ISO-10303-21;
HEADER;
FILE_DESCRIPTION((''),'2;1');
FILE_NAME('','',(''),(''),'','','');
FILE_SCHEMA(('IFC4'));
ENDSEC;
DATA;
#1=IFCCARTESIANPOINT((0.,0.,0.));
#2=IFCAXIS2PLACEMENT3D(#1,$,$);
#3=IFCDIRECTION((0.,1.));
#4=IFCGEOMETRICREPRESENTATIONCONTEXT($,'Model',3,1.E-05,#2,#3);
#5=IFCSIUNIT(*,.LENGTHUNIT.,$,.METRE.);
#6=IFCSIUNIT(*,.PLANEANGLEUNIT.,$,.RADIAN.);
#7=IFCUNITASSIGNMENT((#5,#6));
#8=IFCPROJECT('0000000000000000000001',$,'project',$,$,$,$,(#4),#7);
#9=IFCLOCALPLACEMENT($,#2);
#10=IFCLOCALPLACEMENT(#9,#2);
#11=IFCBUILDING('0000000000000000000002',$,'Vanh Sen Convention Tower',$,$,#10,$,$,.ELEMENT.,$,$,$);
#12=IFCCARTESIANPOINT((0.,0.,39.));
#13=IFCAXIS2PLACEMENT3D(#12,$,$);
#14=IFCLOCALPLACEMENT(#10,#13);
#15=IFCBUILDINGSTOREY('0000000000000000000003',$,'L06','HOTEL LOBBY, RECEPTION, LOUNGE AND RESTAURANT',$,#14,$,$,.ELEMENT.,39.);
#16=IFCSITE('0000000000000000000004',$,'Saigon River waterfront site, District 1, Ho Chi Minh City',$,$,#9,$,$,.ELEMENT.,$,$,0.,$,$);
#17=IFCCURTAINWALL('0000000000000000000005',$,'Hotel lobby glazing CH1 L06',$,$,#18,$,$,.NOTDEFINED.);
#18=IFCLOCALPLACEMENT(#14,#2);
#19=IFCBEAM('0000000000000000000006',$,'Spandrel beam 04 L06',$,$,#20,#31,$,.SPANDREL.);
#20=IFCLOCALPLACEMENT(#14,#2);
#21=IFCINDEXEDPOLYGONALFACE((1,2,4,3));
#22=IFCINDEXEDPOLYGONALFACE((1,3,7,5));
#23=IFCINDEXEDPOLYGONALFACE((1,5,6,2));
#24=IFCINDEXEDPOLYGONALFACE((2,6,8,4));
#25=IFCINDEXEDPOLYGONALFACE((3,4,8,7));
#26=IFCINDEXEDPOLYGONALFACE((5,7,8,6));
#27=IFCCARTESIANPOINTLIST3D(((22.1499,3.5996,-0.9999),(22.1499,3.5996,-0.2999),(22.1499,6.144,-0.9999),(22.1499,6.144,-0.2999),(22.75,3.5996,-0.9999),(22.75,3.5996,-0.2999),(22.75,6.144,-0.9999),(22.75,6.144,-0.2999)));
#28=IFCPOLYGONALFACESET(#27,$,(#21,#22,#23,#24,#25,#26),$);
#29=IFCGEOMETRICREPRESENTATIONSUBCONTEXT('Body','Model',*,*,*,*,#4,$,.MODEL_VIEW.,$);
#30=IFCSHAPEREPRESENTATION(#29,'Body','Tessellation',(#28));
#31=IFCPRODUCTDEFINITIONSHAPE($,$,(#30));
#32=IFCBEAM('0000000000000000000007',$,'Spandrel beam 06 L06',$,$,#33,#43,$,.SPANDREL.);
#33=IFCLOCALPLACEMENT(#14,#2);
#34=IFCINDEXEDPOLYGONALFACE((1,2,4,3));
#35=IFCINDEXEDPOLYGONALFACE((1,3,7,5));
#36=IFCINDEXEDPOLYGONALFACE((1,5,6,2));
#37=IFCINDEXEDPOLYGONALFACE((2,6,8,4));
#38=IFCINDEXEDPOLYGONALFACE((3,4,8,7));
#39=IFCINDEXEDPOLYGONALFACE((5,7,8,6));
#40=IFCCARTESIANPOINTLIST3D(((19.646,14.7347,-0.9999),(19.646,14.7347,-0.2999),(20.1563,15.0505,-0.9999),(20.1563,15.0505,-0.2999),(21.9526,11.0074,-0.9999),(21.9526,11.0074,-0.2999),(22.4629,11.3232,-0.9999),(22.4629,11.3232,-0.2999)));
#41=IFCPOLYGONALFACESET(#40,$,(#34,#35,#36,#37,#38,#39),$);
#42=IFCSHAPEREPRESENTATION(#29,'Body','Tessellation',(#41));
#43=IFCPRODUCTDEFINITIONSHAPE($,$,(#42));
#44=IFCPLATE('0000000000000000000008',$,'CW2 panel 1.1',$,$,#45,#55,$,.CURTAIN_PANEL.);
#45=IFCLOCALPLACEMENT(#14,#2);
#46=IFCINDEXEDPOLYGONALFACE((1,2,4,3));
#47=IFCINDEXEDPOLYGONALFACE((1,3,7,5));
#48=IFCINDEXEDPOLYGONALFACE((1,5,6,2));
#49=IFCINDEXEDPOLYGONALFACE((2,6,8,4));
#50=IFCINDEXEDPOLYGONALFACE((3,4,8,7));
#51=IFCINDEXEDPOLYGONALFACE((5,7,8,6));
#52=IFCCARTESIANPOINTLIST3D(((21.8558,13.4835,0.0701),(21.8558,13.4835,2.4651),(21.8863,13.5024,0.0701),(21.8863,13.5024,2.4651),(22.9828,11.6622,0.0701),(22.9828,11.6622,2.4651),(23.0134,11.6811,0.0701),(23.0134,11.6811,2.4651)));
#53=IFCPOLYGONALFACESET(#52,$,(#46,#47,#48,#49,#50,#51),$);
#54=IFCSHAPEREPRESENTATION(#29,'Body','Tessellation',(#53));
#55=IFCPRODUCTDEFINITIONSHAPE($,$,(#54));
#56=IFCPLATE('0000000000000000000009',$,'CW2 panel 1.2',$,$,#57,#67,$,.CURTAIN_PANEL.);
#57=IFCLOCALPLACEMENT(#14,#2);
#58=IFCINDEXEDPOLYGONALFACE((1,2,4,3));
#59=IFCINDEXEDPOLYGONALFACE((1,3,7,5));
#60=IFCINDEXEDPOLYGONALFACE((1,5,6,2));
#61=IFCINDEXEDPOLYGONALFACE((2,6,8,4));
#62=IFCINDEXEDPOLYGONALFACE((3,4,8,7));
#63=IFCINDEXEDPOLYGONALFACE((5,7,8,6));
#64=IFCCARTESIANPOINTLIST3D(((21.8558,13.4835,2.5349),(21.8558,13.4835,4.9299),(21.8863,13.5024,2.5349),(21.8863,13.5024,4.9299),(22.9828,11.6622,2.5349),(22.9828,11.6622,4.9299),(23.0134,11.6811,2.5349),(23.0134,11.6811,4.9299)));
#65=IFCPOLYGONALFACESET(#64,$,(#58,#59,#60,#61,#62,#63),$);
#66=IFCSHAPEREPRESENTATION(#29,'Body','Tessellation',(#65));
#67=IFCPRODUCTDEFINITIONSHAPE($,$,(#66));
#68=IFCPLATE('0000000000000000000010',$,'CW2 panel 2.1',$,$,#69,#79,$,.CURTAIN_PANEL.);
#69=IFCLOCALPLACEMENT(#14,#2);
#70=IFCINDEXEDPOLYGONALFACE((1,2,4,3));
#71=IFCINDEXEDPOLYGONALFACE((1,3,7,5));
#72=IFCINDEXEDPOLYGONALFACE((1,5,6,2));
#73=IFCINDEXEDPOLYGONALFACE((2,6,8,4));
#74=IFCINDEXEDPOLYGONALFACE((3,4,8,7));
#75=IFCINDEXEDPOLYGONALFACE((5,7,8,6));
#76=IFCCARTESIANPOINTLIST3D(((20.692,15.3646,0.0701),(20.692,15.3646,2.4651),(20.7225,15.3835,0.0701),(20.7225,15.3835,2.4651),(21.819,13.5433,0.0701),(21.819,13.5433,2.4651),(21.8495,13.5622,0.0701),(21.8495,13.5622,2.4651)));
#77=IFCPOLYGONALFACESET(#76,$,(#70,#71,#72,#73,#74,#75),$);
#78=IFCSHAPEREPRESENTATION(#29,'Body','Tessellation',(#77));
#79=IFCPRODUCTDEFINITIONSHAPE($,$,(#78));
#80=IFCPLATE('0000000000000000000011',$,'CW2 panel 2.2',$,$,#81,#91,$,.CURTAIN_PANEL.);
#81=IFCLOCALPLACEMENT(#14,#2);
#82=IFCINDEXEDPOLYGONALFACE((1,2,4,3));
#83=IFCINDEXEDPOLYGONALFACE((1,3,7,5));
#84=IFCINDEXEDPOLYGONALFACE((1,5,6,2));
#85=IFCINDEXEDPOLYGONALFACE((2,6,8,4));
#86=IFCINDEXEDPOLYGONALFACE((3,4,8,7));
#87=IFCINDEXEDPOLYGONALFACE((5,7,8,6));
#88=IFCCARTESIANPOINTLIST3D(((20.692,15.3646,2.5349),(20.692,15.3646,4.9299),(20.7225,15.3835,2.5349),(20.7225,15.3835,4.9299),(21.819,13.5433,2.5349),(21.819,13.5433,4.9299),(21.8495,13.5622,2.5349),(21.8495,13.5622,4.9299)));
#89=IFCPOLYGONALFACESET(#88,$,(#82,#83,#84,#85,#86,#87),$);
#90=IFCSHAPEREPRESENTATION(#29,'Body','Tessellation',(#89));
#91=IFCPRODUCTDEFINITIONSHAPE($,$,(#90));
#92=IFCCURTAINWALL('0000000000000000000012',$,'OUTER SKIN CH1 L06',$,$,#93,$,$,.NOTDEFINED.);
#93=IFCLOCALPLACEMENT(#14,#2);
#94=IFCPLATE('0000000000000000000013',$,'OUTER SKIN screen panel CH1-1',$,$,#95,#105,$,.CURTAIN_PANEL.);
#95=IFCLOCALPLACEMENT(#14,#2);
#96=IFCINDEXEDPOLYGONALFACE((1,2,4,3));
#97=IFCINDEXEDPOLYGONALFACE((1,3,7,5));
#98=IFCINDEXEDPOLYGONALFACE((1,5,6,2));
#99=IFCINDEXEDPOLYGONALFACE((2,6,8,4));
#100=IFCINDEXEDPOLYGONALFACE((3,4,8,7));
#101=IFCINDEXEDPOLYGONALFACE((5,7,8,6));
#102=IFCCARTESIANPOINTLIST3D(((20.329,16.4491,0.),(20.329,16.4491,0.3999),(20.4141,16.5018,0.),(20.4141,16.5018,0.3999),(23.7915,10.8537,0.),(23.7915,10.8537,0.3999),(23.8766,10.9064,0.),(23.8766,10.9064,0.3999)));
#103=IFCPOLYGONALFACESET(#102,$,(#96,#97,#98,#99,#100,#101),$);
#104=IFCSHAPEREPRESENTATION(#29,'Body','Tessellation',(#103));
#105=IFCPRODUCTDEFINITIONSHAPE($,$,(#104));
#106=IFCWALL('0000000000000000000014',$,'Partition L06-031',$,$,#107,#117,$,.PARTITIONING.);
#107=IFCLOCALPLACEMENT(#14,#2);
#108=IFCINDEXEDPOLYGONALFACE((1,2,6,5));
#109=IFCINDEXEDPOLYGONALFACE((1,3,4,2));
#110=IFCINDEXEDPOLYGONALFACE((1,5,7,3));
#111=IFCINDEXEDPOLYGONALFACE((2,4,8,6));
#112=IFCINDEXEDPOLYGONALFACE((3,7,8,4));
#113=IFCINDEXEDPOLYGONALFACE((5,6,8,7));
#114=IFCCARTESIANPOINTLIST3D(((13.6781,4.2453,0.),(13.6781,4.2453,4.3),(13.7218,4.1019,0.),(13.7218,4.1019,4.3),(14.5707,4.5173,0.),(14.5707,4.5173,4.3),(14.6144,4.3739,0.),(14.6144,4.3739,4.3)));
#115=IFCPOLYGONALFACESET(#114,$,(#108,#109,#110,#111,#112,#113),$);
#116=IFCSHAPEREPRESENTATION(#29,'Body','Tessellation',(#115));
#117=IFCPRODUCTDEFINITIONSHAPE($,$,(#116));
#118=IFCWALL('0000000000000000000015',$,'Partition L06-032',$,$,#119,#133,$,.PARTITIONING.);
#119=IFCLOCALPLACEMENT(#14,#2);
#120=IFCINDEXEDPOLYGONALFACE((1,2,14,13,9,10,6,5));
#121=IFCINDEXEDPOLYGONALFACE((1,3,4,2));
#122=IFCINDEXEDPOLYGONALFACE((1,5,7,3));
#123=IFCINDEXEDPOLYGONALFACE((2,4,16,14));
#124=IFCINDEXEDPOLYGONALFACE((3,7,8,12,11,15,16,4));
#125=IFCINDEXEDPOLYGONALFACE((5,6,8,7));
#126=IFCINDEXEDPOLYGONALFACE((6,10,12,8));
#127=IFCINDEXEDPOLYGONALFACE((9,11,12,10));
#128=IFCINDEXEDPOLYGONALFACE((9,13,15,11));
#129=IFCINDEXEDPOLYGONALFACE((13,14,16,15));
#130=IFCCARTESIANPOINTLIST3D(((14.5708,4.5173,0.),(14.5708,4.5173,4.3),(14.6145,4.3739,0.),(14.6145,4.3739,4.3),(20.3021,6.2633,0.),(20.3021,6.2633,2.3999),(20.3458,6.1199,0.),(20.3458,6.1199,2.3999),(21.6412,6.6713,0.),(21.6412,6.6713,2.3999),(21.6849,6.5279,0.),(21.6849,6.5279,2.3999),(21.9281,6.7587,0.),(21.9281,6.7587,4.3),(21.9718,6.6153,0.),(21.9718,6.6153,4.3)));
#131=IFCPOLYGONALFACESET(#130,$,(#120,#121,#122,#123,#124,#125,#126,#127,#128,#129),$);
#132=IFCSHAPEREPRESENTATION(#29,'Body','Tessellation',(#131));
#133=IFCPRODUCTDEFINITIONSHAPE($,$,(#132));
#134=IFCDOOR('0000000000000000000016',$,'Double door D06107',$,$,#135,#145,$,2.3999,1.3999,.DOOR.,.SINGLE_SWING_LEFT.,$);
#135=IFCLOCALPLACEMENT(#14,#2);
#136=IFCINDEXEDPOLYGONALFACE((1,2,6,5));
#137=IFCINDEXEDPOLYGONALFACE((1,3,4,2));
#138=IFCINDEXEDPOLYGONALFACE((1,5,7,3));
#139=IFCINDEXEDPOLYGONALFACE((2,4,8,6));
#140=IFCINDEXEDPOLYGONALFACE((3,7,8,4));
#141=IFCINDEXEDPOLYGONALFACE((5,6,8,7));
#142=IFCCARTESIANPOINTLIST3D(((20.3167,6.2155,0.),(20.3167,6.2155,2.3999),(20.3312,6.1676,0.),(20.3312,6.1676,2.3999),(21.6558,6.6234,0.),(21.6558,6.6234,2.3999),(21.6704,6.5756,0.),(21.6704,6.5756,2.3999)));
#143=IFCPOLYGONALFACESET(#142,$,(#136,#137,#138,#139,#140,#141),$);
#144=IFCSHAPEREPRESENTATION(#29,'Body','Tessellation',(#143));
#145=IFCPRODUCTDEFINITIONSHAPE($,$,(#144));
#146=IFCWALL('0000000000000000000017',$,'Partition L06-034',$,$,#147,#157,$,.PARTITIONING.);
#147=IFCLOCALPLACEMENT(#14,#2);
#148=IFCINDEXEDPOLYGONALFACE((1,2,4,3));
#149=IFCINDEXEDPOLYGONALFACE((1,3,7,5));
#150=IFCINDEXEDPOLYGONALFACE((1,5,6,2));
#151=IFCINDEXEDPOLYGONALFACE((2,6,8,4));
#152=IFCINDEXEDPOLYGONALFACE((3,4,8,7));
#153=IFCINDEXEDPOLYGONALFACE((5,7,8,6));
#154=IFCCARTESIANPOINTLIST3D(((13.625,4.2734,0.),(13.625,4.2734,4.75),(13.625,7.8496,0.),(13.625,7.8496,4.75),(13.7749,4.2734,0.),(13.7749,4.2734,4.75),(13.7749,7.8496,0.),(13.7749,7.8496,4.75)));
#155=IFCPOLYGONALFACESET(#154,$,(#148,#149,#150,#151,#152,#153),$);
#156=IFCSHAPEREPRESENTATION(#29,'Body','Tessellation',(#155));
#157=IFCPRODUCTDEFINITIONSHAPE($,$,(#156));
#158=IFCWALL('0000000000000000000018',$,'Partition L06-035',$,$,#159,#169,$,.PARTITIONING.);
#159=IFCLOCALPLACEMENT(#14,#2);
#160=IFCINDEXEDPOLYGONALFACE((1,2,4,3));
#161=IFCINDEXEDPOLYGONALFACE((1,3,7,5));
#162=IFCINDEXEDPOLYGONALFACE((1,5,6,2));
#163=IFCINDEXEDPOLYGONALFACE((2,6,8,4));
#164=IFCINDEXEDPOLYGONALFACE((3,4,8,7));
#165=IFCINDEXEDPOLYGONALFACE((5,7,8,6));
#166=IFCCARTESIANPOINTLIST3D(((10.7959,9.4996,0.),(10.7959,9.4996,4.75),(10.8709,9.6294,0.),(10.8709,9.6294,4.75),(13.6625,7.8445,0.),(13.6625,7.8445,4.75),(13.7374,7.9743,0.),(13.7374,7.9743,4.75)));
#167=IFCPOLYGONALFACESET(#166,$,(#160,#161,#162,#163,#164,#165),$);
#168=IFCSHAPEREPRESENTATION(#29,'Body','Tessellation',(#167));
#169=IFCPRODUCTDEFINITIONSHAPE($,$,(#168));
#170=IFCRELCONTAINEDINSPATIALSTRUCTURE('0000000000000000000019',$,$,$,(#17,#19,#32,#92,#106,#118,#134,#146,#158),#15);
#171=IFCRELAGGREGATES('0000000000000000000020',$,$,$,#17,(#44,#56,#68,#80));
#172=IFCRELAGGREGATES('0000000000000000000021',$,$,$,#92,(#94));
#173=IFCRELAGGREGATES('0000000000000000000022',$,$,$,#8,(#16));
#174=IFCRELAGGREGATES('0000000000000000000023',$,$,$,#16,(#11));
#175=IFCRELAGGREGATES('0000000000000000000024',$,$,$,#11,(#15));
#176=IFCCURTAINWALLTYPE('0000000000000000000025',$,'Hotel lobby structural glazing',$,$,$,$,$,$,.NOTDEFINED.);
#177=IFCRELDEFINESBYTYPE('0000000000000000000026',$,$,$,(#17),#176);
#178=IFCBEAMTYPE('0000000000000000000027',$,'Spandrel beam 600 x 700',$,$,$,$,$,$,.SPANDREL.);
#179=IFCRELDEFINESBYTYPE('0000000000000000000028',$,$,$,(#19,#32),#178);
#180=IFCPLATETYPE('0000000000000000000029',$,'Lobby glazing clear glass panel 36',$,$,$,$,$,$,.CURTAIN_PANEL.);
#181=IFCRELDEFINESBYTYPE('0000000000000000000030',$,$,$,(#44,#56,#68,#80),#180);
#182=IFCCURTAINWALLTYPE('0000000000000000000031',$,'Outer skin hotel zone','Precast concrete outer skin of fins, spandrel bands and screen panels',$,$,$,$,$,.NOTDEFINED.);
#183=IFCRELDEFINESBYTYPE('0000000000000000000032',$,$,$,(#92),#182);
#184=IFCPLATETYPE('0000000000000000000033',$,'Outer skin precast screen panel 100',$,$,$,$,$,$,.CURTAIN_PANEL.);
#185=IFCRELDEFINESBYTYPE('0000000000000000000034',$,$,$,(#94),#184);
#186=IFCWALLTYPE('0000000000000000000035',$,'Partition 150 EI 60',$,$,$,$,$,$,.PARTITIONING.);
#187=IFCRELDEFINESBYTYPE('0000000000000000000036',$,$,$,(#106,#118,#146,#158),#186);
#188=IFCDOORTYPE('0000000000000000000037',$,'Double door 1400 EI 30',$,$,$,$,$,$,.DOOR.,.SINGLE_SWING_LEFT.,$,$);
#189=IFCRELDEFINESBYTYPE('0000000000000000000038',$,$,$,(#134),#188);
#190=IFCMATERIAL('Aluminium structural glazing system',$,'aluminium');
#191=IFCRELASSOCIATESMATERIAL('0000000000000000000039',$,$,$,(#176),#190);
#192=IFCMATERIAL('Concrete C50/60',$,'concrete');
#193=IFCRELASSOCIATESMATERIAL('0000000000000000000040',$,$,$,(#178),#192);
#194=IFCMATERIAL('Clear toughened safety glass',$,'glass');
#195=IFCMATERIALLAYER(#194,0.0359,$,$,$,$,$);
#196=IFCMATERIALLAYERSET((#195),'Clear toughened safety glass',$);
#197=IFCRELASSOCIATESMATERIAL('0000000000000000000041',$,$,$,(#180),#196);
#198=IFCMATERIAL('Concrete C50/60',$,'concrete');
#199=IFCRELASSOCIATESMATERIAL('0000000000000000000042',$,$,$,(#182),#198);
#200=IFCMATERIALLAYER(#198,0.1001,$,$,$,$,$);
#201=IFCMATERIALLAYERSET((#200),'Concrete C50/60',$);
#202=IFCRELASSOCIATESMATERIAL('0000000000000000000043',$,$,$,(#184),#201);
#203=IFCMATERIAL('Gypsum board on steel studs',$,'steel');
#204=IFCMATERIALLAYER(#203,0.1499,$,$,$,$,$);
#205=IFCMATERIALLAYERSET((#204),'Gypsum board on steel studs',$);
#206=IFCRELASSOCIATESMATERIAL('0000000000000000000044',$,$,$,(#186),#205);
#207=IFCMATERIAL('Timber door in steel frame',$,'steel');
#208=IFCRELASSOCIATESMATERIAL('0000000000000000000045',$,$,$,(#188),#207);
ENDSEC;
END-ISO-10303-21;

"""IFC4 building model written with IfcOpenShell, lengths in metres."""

from ifc_helpers import new_model, si_unit, direction, frame, frame_2d, origin, origin_2d, place, context, subcontext, project, spatial, rectangle, extrude, material, layer, layer_set, material_profile, profile_set, type_object, element, fill, aggregate, save


model = new_model("IFC4")

# Units and contexts
model_context = context("Model", 3, precision=1e-05, world=origin(), true_north=direction((0.0, 1.0)))
body_context = subcontext(model_context, "Body", "Model", "MODEL_VIEW")
ifc_project = project(units=[si_unit("LENGTHUNIT", "METRE"), si_unit("PLANEANGLEUNIT", "RADIAN")], contexts=[model_context])

# Site, building, storey
site_placement = place(None, origin())
site = spatial("IfcSite", under=ifc_project, at=site_placement, Name="Saigon River waterfront site, District 1, Ho Chi Minh City", CompositionType="ELEMENT", RefElevation=0.0)
building_placement = place(site_placement, origin())
building = spatial("IfcBuilding", under=site, at=building_placement, Name="Vanh Sen Convention Tower", CompositionType="ELEMENT")
storey_placement = place(building_placement, frame((0.0, 0.0, 39.0)))
storey = spatial("IfcBuildingStorey", under=building, at=storey_placement, Name="L06", Description="HOTEL LOBBY, RECEPTION, LOUNGE AND RESTAURANT", CompositionType="ELEMENT", Elevation=39.0)

# Curtain wall
ifc_material_1 = material(Name="Aluminium structural glazing system", Category="aluminium")
curtain_wall_type_1 = type_object("IfcCurtainWallType", Name="Hotel lobby structural glazing", PredefinedType="NOTDEFINED", material=ifc_material_1)
curtain_wall_1_placement = place(storey_placement, origin())
curtain_wall_1 = element("IfcCurtainWall", 1, at=curtain_wall_1_placement, inside=storey, type_object=curtain_wall_type_1, Name="Hotel lobby glazing CH1 L06", PredefinedType="NOTDEFINED")

# Beams
ifc_material_2 = material(Name="Concrete C50/60", Category="concrete")
ifc_material_profile_1 = material_profile(ifc_material_2, rectangle(XDim=0.6001, YDim=0.7, at=origin_2d()), Name="RC 600X700")
ifc_profile_set_1 = profile_set([ifc_material_profile_1], Name="Concrete C50/60")
beam_type_1 = type_object("IfcBeamType", Name="Spandrel beam 600 x 700", PredefinedType="SPANDREL", material=ifc_profile_set_1)
beam_1_placement = place(storey_placement, frame((22.45, 3.5996, -0.6499), z_axis=(0.0, 1.0, 0.0), x_axis=(-1.0, 0.0, 0.0)))
element("IfcBeam", 2, at=beam_1_placement, inside=storey, type_object=beam_type_1, Name="Spandrel beam 04 L06", PredefinedType="SPANDREL", context=body_context, shape_type="SweptSolid", body=[
    extrude(rectangle(XDim=0.6001, YDim=0.7, at=origin_2d()), origin(), (0.0, 0.0, 1.0), 2.5444),
])
beam_2_placement = place(storey_placement, frame((22.2078, 11.1653, -0.6499), z_axis=(-0.526234, 0.85034, 0.0), x_axis=(-0.85034, -0.526234, 0.0)))
element("IfcBeam", 3, at=beam_2_placement, inside=storey, type_object=beam_type_1, Name="Spandrel beam 06 L06", PredefinedType="SPANDREL", context=body_context, shape_type="SweptSolid", body=[
    extrude(rectangle(XDim=0.6001, YDim=0.7, at=origin_2d()), origin(), (0.0, 0.0, 1.0), 4.3833),
])

# Plates
ifc_material_3 = material(Name="Clear toughened safety glass", Category="glass")
ifc_layer_1 = layer(ifc_material_3, 0.0359)
ifc_layer_set_1 = layer_set([ifc_layer_1], Name="Clear toughened safety glass")
plate_type_1 = type_object("IfcPlateType", Name="Lobby glazing clear glass panel 36", PredefinedType="CURTAIN_PANEL", material=ifc_layer_set_1)
plate_1_placement = place(storey_placement, frame((22.4346, 12.5823, 0.0701), z_axis=(0.0, 0.0, 1.0), x_axis=(-0.526205, 0.850358, 0.0)))
plate_1 = element("IfcPlate", 4, at=plate_1_placement, type_object=plate_type_1, Name="CW2 panel 1.1", PredefinedType="CURTAIN_PANEL", context=body_context, shape_type="SweptSolid", body=[
    extrude(rectangle(XDim=2.1418, YDim=0.0359, at=origin_2d()), origin(), (0.0, 0.0, 1.0), 2.395),
])
plate_2_placement = place(storey_placement, frame((22.4346, 12.5823, 2.5349), z_axis=(0.0, 0.0, 1.0), x_axis=(-0.526205, 0.850358, 0.0)))
plate_2 = element("IfcPlate", 5, at=plate_2_placement, type_object=plate_type_1, Name="CW2 panel 1.2", PredefinedType="CURTAIN_PANEL", context=body_context, shape_type="SweptSolid", body=[
    extrude(rectangle(XDim=2.1418, YDim=0.0359, at=origin_2d()), origin(), (0.0, 0.0, 1.0), 2.395),
])
plate_3_placement = place(storey_placement, frame((21.2708, 14.4634, 0.0701), z_axis=(0.0, 0.0, 1.0), x_axis=(-0.526205, 0.850358, 0.0)))
plate_3 = element("IfcPlate", 6, at=plate_3_placement, type_object=plate_type_1, Name="CW2 panel 2.1", PredefinedType="CURTAIN_PANEL", context=body_context, shape_type="SweptSolid", body=[
    extrude(rectangle(XDim=2.1418, YDim=0.0359, at=origin_2d()), origin(), (0.0, 0.0, 1.0), 2.395),
])
plate_4_placement = place(storey_placement, frame((21.2708, 14.4634, 2.5349), z_axis=(0.0, 0.0, 1.0), x_axis=(-0.526205, 0.850358, 0.0)))
plate_4 = element("IfcPlate", 7, at=plate_4_placement, type_object=plate_type_1, Name="CW2 panel 2.2", PredefinedType="CURTAIN_PANEL", context=body_context, shape_type="SweptSolid", body=[
    extrude(rectangle(XDim=2.1418, YDim=0.0359, at=origin_2d()), origin(), (0.0, 0.0, 1.0), 2.395),
])
aggregate(curtain_wall_1, [plate_1, plate_2, plate_3, plate_4])

# Curtain wall, plate
ifc_material_4 = material(Name="Concrete C50/60", Category="concrete")
curtain_wall_type_2 = type_object("IfcCurtainWallType", Name="Outer skin hotel zone", Description="Precast concrete outer skin of fins, spandrel bands and screen panels", PredefinedType="NOTDEFINED", material=ifc_material_4)
curtain_wall_2_placement = place(storey_placement, origin())
curtain_wall_2 = element("IfcCurtainWall", 8, at=curtain_wall_2_placement, inside=storey, type_object=curtain_wall_type_2, Name="OUTER SKIN CH1 L06", PredefinedType="NOTDEFINED")
ifc_layer_2 = layer(ifc_material_4, 0.1001)
ifc_layer_set_2 = layer_set([ifc_layer_2], Name="Concrete C50/60")
plate_type_2 = type_object("IfcPlateType", Name="Outer skin precast screen panel 100", PredefinedType="CURTAIN_PANEL", material=ifc_layer_set_2)
plate_5_placement = place(storey_placement, frame((22.1028, 13.6777, 0.0), z_axis=(0.0, 0.0, 1.0), x_axis=(-0.526212, 0.850353, 0.0)))
plate_5 = element("IfcPlate", 9, at=plate_5_placement, type_object=plate_type_2, Name="OUTER SKIN screen panel CH1-1", PredefinedType="CURTAIN_PANEL", context=body_context, shape_type="SweptSolid", body=[
    extrude(rectangle(XDim=6.5801, YDim=0.1001, at=origin_2d()), origin(), (0.0, 0.0, 1.0), 0.3999),
])
aggregate(curtain_wall_2, [plate_5])

# Wall
ifc_material_5 = material(Name="Gypsum board on steel studs", Category="steel")
ifc_layer_3 = layer(ifc_material_5, 0.1499)
ifc_layer_set_3 = layer_set([ifc_layer_3], Name="Gypsum board on steel studs")
wall_type = type_object("IfcWallType", Name="Partition 150 EI 60", PredefinedType="PARTITIONING", material=ifc_layer_set_3)
wall_1_placement = place(storey_placement, frame((14.5925, 4.4456, 0.0), z_axis=(0.0, 0.0, 1.0), x_axis=(-0.956579, -0.291474, 0.0)))
element("IfcWall", 10, at=wall_1_placement, inside=storey, type_object=wall_type, Name="Partition L06-031", PredefinedType="PARTITIONING", context=body_context, shape_type="SweptSolid", body=[
    extrude(rectangle(XDim=0.9331, YDim=0.1499, at=frame_2d((0.4666, 0.0))), origin(), (0.0, 0.0, 1.0), 4.3),
])

# Wall, opening, door
wall_2_placement = place(storey_placement, frame((14.5925, 4.4456, 0.0), z_axis=(0.0, 0.0, 1.0), x_axis=(0.956593, 0.291428, 0.0)))
wall_2 = element("IfcWall", 11, at=wall_2_placement, inside=storey, type_object=wall_type, Name="Partition L06-032", PredefinedType="PARTITIONING", context=body_context, shape_type="SweptSolid", body=[
    extrude(rectangle(XDim=7.6912, YDim=0.1499, at=frame_2d((3.8457, 0.0))), origin(), (0.0, 0.0, 1.0), 4.3),
])
opening_placement = place(wall_2_placement, frame((5.9915, 0.0, 0.0)))
opening = element("IfcOpeningElement", 12, at=opening_placement, cuts=wall_2, PredefinedType="OPENING", context=body_context, shape_type="SweptSolid", body=[
    extrude(rectangle(XDim=1.3999, YDim=2.3999, at=frame_2d((0.7, 1.2))), frame((0.0, 0.085, 0.0), z_axis=(0.0, -1.0, 0.0), x_axis=(1.0, 0.0, 0.0)), (0.0, 0.0, 1.0), 0.1699),
])
ifc_material_6 = material(Name="Timber door in steel frame", Category="steel")
door_type = type_object("IfcDoorType", Name="Double door 1400 EI 30", OperationType="SINGLE_SWING_LEFT", PredefinedType="DOOR", material=ifc_material_6)
door_placement = place(opening_placement, origin())
door = element("IfcDoor", 13, at=door_placement, inside=storey, type_object=door_type, Name="Double door D06107", OperationType="SINGLE_SWING_LEFT", OverallHeight=2.3999, OverallWidth=1.3999, PredefinedType="DOOR", context=body_context, shape_type="SweptSolid", body=[
    extrude(rectangle(XDim=1.3999, YDim=2.3999, at=frame_2d((0.7, 1.2))), frame((0.0, 0.0249, 0.0), z_axis=(0.0, -1.0, 0.0), x_axis=(1.0, 0.0, 0.0)), (0.0, 0.0, 1.0), 0.05),
])
fill(opening, door)

# Walls
wall_3_placement = place(storey_placement, frame((13.7, 7.8496, 0.0), z_axis=(0.0, 0.0, 1.0), x_axis=(0.0, -1.0, 0.0)))
element("IfcWall", 14, at=wall_3_placement, inside=storey, type_object=wall_type, Name="Partition L06-034", PredefinedType="PARTITIONING", context=body_context, shape_type="SweptSolid", body=[
    extrude(rectangle(XDim=3.5762, YDim=0.1499, at=frame_2d((1.7881, 0.0))), origin(), (0.0, 0.0, 1.0), 4.75),
])
wall_4_placement = place(storey_placement, frame((13.7, 7.9094, 0.0), z_axis=(0.0, 0.0, 1.0), x_axis=(-0.866015, 0.500018, 0.0)))
element("IfcWall", 15, at=wall_4_placement, inside=storey, type_object=wall_type, Name="Partition L06-035", PredefinedType="PARTITIONING", context=body_context, shape_type="SweptSolid", body=[
    extrude(rectangle(XDim=3.3101, YDim=0.1499, at=frame_2d((1.655, 0.0))), origin(), (0.0, 0.0, 1.0), 4.75),
])

save(model, "model.ifc")
